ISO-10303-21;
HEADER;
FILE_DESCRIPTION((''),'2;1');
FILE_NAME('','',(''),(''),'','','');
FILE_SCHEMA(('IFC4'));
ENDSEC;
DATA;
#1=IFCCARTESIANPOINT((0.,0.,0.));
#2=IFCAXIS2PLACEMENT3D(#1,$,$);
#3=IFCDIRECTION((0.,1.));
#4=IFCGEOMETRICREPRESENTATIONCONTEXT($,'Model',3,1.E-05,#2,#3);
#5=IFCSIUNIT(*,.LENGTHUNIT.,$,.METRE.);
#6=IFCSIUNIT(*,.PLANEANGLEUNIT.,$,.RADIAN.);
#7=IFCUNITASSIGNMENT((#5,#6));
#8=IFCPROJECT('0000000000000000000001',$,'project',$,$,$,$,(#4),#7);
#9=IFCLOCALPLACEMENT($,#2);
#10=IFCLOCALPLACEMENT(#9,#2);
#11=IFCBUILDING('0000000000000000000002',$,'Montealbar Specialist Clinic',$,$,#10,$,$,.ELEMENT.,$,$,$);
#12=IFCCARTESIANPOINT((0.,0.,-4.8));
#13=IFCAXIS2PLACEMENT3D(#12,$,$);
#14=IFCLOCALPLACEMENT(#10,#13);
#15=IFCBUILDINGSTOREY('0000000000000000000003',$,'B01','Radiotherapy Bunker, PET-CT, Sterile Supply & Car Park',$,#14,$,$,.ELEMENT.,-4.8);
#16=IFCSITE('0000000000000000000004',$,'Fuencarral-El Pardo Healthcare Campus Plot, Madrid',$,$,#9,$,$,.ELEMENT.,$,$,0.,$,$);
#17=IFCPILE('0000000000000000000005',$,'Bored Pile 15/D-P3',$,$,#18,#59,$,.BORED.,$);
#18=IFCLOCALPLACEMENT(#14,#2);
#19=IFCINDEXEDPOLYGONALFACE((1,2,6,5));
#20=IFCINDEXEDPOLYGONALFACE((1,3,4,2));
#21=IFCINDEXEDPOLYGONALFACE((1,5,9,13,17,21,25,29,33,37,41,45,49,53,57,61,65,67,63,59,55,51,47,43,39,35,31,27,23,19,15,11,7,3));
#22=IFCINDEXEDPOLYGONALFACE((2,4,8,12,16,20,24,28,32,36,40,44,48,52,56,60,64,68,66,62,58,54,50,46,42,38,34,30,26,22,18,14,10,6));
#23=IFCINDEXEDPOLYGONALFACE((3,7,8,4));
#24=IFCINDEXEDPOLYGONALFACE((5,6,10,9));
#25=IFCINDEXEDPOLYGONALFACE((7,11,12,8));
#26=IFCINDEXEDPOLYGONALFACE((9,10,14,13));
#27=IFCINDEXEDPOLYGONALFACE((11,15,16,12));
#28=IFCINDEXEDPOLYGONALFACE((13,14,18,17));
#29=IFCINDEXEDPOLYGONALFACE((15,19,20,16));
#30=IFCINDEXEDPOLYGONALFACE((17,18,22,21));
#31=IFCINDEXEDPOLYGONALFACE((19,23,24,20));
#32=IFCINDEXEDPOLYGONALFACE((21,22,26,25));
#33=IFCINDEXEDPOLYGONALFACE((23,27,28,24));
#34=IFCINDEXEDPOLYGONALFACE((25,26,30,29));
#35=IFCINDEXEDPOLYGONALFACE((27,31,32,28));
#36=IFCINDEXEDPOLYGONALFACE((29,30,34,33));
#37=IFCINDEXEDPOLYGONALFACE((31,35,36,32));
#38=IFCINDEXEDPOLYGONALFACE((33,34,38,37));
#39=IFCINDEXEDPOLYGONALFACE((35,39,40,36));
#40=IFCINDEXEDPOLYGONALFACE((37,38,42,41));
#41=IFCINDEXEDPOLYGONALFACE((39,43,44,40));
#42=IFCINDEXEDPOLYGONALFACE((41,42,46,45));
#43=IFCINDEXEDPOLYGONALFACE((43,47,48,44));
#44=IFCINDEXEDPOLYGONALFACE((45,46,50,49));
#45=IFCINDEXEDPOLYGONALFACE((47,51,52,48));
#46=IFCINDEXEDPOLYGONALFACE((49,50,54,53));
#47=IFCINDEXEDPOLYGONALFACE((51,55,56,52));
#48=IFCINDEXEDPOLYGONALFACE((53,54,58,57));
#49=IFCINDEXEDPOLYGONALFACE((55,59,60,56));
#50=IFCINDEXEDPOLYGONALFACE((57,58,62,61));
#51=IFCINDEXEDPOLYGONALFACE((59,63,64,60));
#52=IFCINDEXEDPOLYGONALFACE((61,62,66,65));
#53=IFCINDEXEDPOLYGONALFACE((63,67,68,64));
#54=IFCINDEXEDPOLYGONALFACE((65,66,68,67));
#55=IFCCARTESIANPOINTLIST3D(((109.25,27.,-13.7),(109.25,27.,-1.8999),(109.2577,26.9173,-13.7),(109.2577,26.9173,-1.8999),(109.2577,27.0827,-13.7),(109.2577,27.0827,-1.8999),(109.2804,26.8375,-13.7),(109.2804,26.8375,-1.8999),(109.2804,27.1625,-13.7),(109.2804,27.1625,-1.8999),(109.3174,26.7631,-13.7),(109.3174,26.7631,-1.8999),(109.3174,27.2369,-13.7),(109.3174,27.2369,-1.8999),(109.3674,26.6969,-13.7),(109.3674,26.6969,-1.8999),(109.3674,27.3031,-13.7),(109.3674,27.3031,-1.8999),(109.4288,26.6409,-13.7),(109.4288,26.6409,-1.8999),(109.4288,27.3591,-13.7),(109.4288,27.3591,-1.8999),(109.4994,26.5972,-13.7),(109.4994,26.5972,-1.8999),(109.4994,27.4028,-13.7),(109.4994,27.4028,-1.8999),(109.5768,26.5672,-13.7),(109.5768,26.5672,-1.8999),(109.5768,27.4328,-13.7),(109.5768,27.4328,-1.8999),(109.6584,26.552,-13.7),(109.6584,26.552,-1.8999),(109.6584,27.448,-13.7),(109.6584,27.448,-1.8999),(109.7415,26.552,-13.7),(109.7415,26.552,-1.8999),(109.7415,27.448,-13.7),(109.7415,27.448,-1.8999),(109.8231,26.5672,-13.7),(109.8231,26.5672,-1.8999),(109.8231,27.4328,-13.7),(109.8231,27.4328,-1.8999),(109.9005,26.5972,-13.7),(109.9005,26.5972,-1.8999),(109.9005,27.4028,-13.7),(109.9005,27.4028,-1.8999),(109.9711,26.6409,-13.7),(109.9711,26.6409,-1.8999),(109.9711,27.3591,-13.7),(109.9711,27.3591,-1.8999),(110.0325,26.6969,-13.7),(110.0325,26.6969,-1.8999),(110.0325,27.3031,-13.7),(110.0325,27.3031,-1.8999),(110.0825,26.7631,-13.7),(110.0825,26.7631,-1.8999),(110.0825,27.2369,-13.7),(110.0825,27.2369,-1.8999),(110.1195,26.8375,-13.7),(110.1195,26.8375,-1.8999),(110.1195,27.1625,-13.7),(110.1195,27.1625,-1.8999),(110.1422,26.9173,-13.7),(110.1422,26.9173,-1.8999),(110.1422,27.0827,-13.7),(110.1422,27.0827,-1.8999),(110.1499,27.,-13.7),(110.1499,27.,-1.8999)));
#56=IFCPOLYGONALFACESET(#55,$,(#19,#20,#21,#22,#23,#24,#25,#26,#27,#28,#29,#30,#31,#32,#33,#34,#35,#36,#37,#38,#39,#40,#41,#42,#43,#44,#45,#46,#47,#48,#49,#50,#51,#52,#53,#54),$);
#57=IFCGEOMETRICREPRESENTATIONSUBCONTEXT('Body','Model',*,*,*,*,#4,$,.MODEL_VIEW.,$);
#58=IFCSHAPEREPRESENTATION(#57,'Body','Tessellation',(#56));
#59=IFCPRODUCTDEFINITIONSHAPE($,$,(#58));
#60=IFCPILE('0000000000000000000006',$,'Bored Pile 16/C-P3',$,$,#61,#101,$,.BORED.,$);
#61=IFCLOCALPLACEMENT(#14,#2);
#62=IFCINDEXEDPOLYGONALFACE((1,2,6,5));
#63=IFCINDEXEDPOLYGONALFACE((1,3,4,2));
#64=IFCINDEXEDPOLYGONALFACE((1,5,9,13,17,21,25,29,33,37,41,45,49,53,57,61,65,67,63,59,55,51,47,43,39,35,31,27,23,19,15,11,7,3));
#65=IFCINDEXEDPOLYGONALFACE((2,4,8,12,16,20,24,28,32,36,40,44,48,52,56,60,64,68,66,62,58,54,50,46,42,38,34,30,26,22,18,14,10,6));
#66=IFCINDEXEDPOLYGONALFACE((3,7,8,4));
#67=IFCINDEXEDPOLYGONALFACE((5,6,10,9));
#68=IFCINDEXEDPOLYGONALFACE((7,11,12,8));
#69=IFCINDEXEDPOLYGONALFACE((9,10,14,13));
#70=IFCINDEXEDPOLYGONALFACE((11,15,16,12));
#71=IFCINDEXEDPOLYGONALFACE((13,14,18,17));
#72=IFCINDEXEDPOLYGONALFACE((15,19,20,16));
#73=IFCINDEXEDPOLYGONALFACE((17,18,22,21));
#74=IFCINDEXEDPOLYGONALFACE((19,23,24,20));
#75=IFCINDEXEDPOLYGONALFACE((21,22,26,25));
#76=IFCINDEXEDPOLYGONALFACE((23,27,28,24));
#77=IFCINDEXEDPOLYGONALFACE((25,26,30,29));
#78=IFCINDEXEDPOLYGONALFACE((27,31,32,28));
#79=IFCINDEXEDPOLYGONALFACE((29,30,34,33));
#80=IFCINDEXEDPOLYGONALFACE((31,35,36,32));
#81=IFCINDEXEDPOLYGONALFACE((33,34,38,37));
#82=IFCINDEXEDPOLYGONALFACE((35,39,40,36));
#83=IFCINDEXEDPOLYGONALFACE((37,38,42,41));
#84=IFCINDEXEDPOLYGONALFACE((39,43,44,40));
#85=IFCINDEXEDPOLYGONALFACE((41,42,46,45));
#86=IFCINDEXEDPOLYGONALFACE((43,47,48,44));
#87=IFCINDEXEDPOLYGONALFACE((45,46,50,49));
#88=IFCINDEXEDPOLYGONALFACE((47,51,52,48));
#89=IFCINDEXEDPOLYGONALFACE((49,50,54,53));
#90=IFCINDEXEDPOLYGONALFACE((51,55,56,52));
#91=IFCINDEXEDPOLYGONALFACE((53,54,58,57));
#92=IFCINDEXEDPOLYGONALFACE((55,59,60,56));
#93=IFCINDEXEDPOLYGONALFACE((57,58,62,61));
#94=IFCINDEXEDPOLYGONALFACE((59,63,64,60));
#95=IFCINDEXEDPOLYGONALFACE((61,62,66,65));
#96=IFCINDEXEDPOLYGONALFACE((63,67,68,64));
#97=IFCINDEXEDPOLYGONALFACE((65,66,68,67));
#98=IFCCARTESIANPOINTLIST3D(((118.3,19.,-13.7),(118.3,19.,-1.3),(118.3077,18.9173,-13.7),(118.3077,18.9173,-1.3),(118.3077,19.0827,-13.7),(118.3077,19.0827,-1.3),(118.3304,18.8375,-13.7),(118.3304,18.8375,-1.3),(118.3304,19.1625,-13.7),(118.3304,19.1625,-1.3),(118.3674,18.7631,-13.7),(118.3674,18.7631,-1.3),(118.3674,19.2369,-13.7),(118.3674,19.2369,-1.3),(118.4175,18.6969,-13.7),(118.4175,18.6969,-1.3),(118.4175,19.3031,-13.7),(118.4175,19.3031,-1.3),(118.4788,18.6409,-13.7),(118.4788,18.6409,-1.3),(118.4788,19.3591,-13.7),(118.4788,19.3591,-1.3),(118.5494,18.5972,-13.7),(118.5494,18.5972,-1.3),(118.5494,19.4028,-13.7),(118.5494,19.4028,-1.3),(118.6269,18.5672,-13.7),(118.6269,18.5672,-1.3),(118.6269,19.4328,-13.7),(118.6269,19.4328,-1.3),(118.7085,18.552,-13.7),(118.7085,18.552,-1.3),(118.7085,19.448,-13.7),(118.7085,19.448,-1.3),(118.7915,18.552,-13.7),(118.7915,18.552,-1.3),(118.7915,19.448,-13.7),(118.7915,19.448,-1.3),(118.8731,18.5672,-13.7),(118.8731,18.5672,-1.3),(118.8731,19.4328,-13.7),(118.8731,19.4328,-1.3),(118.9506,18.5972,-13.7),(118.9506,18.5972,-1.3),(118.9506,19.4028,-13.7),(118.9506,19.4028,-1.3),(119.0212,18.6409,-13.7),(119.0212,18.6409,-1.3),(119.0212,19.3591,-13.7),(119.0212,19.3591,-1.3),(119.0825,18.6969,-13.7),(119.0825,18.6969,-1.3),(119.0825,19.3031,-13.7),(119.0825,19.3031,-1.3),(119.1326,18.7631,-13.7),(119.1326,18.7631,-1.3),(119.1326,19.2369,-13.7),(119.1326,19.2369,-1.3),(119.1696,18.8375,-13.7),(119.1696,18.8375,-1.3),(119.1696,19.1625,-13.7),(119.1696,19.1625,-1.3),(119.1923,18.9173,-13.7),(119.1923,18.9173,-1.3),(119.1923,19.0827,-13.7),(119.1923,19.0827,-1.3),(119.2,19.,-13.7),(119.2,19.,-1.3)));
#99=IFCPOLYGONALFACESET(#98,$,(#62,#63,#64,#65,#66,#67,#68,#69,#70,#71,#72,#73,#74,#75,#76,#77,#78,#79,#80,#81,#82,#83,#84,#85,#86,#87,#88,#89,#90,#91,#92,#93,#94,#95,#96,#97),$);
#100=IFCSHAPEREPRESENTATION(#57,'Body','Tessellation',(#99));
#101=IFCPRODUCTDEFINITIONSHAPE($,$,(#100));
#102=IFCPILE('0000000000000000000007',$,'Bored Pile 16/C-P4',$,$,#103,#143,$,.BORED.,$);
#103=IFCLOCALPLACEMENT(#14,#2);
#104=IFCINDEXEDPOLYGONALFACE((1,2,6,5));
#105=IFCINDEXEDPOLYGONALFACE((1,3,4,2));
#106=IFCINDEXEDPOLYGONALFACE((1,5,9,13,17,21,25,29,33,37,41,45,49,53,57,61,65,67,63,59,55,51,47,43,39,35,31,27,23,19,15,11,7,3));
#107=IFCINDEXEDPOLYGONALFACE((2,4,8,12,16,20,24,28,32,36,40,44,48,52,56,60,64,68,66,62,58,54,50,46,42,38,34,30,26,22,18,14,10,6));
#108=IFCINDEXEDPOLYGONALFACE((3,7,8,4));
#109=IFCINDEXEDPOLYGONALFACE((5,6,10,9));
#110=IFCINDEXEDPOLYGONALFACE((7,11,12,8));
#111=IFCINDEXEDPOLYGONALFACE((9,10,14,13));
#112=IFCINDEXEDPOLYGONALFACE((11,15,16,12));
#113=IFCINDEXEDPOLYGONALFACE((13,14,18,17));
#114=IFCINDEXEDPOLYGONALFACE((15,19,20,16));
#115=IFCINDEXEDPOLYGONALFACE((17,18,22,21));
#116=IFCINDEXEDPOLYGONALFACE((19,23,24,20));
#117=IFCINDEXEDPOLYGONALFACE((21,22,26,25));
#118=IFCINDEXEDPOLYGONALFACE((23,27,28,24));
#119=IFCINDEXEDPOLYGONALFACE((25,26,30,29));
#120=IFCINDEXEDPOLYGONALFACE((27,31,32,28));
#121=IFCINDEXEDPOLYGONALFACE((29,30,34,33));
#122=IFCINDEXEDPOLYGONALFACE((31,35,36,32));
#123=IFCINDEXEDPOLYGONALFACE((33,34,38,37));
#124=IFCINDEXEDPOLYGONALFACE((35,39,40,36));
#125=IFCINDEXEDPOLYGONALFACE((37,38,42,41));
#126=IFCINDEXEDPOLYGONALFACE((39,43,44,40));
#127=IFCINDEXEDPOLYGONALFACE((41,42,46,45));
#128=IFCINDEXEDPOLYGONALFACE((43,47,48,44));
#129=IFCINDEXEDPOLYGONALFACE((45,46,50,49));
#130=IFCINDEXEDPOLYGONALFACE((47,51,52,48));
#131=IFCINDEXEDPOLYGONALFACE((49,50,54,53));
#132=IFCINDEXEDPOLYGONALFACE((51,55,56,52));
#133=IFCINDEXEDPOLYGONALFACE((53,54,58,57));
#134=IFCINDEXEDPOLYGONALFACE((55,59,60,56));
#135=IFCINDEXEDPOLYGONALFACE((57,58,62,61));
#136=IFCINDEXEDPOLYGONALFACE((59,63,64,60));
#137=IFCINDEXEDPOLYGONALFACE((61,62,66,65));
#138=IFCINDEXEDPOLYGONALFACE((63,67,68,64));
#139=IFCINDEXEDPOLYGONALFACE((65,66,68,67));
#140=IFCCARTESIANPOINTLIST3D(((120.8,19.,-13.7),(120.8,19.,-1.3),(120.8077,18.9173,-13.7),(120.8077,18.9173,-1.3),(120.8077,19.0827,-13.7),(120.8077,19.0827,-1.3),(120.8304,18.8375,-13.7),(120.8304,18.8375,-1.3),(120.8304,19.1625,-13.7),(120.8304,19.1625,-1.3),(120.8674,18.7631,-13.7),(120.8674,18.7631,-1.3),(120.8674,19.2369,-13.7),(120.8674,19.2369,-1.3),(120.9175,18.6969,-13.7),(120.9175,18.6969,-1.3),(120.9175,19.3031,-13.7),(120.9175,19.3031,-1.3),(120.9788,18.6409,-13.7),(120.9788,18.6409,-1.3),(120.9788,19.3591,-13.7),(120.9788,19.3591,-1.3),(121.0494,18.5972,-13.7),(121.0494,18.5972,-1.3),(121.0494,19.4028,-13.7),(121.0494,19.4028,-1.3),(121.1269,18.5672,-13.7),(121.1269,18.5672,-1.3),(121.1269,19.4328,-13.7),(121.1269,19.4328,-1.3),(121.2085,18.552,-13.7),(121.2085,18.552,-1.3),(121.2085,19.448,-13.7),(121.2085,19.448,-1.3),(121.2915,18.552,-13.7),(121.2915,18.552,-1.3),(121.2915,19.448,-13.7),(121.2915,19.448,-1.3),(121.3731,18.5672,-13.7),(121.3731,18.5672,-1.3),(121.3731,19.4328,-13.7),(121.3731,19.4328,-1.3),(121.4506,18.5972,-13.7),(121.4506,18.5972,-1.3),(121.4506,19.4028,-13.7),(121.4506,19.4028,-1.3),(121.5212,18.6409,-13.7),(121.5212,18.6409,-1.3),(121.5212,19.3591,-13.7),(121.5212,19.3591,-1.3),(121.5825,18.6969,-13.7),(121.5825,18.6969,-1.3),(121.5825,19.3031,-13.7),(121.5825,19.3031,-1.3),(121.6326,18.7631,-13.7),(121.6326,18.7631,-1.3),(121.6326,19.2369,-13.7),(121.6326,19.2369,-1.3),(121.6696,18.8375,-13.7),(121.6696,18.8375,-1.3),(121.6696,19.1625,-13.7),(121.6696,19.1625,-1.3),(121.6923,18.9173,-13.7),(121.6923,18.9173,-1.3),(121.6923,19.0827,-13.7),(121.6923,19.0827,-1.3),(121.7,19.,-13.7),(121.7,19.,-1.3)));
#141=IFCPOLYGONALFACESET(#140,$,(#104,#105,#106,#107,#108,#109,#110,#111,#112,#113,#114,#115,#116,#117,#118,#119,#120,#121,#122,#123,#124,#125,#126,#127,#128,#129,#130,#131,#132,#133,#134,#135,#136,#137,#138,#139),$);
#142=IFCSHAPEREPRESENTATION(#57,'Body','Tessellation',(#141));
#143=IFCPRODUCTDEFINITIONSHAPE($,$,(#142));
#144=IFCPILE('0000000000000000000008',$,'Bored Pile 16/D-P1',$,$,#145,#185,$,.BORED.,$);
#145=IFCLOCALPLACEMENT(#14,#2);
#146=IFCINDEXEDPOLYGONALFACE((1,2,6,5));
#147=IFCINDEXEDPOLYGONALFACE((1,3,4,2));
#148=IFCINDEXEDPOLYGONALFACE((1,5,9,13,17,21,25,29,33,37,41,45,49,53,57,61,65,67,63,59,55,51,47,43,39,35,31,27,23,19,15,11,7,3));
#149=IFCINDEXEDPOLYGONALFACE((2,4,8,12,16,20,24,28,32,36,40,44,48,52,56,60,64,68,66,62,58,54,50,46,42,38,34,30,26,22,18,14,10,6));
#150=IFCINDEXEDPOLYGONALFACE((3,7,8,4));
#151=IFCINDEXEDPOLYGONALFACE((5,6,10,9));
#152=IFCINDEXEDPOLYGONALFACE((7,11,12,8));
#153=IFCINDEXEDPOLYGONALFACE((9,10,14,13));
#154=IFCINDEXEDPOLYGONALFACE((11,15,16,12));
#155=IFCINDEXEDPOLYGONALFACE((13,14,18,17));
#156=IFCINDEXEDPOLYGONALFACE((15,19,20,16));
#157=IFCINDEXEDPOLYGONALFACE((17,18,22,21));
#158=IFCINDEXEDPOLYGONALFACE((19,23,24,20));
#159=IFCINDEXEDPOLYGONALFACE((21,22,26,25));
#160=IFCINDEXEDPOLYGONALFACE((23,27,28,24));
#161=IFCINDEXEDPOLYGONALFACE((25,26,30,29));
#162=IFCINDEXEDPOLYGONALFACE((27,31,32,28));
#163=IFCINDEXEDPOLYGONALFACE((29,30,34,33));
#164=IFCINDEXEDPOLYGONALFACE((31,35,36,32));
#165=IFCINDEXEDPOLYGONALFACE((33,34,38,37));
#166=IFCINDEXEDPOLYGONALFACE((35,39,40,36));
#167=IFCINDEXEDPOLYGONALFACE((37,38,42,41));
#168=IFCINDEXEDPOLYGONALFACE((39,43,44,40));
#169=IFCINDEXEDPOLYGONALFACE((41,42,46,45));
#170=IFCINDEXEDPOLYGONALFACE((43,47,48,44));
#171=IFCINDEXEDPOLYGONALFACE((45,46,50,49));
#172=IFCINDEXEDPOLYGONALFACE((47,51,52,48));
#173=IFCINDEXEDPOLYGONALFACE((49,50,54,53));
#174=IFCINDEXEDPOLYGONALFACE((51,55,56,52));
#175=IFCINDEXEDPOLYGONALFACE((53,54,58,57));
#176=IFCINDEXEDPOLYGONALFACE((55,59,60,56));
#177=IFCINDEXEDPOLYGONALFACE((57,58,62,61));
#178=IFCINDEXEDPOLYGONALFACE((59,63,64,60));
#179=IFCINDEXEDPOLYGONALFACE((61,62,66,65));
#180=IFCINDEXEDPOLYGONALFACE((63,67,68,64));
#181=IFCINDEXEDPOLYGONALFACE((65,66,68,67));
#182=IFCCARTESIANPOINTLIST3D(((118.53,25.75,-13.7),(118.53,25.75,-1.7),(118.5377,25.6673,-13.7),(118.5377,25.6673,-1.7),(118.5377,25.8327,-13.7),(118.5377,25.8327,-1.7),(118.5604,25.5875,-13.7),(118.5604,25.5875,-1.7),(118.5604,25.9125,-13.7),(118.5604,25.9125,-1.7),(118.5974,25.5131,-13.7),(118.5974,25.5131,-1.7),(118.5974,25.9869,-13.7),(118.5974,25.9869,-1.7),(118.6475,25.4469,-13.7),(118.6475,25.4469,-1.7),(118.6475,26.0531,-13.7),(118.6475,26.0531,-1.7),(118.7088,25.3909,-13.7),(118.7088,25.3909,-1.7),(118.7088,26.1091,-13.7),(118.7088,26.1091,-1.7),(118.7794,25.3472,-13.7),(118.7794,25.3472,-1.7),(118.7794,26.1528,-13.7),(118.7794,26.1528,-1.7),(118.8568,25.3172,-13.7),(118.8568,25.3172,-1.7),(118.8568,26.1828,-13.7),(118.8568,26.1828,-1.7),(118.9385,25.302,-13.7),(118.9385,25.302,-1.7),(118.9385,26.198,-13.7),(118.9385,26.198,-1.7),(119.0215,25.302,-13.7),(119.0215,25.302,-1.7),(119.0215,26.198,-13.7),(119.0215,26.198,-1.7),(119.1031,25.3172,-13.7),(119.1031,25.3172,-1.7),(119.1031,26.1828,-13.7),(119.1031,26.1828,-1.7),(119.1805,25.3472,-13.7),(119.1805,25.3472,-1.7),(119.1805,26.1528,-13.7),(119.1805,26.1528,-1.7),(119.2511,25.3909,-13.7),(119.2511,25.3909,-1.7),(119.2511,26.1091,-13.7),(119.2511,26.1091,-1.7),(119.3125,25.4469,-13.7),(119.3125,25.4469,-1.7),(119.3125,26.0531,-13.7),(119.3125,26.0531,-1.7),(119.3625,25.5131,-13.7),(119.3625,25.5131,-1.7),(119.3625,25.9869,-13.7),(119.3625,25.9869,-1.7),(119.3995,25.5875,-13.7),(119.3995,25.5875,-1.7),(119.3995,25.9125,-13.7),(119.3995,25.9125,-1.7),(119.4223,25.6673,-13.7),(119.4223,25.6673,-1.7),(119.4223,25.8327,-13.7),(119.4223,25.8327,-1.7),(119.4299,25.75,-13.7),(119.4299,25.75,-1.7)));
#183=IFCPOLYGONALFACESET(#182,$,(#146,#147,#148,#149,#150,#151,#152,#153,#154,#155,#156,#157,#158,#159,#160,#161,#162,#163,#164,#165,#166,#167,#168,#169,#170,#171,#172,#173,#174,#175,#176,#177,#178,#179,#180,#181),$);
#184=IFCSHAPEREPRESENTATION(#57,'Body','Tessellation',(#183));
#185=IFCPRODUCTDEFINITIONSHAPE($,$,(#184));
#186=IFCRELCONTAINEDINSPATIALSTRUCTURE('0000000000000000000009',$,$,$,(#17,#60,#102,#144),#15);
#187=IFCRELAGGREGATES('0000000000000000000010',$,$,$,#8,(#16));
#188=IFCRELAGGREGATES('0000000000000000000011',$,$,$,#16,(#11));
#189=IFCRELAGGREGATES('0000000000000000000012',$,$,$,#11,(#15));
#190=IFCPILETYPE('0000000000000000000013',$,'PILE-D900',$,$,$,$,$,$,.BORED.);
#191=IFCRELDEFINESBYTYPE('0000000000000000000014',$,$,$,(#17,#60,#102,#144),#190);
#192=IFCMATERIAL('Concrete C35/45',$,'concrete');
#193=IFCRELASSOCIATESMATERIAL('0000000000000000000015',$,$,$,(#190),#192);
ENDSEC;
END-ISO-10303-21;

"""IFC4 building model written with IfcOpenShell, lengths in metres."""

from ifc_helpers import new_model, si_unit, direction, frame, origin, origin_2d, place, context, subcontext, project, spatial, circle, extrude, material, material_profile, profile_set, type_object, element, save


model = new_model("IFC4")

# Units and contexts
model_context = context("Model", 3, precision=1e-05, world=origin(), true_north=direction((0.0, 1.0)))
body_context = subcontext(model_context, "Body", "Model", "MODEL_VIEW")
ifc_project = project(units=[si_unit("LENGTHUNIT", "METRE"), si_unit("PLANEANGLEUNIT", "RADIAN")], contexts=[model_context])

# Site, building, storey
site_placement = place(None, origin())
site = spatial("IfcSite", under=ifc_project, at=site_placement, Name="Fuencarral-El Pardo Healthcare Campus Plot, Madrid", CompositionType="ELEMENT", RefElevation=0.0)
building_placement = place(site_placement, origin())
building = spatial("IfcBuilding", under=site, at=building_placement, Name="Montealbar Specialist Clinic", CompositionType="ELEMENT")
storey_placement = place(building_placement, frame((0.0, 0.0, -4.8)))
storey = spatial("IfcBuildingStorey", under=building, at=storey_placement, Name="B01", Description="Radiotherapy Bunker, PET-CT, Sterile Supply & Car Park", CompositionType="ELEMENT", Elevation=-4.8)

# Shared definitions
ifc_material_1 = material(Name="Concrete C35/45", Category="concrete")

# Piles
ifc_material_profile_1 = material_profile(ifc_material_1, circle(Radius=0.45, at=origin_2d()), Name="PILE D900", Category="concrete")
ifc_profile_set_1 = profile_set([ifc_material_profile_1], Name="Concrete C35/45")
pile_type_1 = type_object("IfcPileType", Name="PILE-D900", PredefinedType="BORED", material=ifc_profile_set_1)
for number, where, z_axis, x_axis, name in (
    (1, (109.7, 27.0, -1.8999), (0.0, 0.0, -1.0), (1.0, 0.0, 0.0), "Bored Pile 15/D-P3"),
):
    element("IfcPile", number, at=place(storey_placement, frame(where, z_axis=z_axis, x_axis=x_axis)), inside=storey, type_object=pile_type_1, Name=name, PredefinedType="BORED", context=body_context, shape_type="SweptSolid", body=[
        extrude(circle(Radius=0.45, at=origin_2d()), origin(), (0.0, 0.0, 1.0), 11.8),
    ])
for number, where, z_axis, x_axis, name in (
    (2, (118.75, 19.0, -1.3), (0.0, 0.0, -1.0), (1.0, 0.0, 0.0), "Bored Pile 16/C-P3"),
    (3, (121.25, 19.0, -1.3), (0.0, 0.0, -1.0), (1.0, 0.0, 0.0), "Bored Pile 16/C-P4"),
):
    element("IfcPile", number, at=place(storey_placement, frame(where, z_axis=z_axis, x_axis=x_axis)), inside=storey, type_object=pile_type_1, Name=name, PredefinedType="BORED", context=body_context, shape_type="SweptSolid", body=[
        extrude(circle(Radius=0.45, at=origin_2d()), origin(), (0.0, 0.0, 1.0), 12.3999),
    ])
for number, where, z_axis, x_axis, name in (
    (4, (118.98, 25.75, -1.7), (0.0, 0.0, -1.0), (1.0, 0.0, 0.0), "Bored Pile 16/D-P1"),
):
    element("IfcPile", number, at=place(storey_placement, frame(where, z_axis=z_axis, x_axis=x_axis)), inside=storey, type_object=pile_type_1, Name=name, PredefinedType="BORED", context=body_context, shape_type="SweptSolid", body=[
        extrude(circle(Radius=0.45, at=origin_2d()), origin(), (0.0, 0.0, 1.0), 12.0),
    ])

save(model, "model.ifc")
